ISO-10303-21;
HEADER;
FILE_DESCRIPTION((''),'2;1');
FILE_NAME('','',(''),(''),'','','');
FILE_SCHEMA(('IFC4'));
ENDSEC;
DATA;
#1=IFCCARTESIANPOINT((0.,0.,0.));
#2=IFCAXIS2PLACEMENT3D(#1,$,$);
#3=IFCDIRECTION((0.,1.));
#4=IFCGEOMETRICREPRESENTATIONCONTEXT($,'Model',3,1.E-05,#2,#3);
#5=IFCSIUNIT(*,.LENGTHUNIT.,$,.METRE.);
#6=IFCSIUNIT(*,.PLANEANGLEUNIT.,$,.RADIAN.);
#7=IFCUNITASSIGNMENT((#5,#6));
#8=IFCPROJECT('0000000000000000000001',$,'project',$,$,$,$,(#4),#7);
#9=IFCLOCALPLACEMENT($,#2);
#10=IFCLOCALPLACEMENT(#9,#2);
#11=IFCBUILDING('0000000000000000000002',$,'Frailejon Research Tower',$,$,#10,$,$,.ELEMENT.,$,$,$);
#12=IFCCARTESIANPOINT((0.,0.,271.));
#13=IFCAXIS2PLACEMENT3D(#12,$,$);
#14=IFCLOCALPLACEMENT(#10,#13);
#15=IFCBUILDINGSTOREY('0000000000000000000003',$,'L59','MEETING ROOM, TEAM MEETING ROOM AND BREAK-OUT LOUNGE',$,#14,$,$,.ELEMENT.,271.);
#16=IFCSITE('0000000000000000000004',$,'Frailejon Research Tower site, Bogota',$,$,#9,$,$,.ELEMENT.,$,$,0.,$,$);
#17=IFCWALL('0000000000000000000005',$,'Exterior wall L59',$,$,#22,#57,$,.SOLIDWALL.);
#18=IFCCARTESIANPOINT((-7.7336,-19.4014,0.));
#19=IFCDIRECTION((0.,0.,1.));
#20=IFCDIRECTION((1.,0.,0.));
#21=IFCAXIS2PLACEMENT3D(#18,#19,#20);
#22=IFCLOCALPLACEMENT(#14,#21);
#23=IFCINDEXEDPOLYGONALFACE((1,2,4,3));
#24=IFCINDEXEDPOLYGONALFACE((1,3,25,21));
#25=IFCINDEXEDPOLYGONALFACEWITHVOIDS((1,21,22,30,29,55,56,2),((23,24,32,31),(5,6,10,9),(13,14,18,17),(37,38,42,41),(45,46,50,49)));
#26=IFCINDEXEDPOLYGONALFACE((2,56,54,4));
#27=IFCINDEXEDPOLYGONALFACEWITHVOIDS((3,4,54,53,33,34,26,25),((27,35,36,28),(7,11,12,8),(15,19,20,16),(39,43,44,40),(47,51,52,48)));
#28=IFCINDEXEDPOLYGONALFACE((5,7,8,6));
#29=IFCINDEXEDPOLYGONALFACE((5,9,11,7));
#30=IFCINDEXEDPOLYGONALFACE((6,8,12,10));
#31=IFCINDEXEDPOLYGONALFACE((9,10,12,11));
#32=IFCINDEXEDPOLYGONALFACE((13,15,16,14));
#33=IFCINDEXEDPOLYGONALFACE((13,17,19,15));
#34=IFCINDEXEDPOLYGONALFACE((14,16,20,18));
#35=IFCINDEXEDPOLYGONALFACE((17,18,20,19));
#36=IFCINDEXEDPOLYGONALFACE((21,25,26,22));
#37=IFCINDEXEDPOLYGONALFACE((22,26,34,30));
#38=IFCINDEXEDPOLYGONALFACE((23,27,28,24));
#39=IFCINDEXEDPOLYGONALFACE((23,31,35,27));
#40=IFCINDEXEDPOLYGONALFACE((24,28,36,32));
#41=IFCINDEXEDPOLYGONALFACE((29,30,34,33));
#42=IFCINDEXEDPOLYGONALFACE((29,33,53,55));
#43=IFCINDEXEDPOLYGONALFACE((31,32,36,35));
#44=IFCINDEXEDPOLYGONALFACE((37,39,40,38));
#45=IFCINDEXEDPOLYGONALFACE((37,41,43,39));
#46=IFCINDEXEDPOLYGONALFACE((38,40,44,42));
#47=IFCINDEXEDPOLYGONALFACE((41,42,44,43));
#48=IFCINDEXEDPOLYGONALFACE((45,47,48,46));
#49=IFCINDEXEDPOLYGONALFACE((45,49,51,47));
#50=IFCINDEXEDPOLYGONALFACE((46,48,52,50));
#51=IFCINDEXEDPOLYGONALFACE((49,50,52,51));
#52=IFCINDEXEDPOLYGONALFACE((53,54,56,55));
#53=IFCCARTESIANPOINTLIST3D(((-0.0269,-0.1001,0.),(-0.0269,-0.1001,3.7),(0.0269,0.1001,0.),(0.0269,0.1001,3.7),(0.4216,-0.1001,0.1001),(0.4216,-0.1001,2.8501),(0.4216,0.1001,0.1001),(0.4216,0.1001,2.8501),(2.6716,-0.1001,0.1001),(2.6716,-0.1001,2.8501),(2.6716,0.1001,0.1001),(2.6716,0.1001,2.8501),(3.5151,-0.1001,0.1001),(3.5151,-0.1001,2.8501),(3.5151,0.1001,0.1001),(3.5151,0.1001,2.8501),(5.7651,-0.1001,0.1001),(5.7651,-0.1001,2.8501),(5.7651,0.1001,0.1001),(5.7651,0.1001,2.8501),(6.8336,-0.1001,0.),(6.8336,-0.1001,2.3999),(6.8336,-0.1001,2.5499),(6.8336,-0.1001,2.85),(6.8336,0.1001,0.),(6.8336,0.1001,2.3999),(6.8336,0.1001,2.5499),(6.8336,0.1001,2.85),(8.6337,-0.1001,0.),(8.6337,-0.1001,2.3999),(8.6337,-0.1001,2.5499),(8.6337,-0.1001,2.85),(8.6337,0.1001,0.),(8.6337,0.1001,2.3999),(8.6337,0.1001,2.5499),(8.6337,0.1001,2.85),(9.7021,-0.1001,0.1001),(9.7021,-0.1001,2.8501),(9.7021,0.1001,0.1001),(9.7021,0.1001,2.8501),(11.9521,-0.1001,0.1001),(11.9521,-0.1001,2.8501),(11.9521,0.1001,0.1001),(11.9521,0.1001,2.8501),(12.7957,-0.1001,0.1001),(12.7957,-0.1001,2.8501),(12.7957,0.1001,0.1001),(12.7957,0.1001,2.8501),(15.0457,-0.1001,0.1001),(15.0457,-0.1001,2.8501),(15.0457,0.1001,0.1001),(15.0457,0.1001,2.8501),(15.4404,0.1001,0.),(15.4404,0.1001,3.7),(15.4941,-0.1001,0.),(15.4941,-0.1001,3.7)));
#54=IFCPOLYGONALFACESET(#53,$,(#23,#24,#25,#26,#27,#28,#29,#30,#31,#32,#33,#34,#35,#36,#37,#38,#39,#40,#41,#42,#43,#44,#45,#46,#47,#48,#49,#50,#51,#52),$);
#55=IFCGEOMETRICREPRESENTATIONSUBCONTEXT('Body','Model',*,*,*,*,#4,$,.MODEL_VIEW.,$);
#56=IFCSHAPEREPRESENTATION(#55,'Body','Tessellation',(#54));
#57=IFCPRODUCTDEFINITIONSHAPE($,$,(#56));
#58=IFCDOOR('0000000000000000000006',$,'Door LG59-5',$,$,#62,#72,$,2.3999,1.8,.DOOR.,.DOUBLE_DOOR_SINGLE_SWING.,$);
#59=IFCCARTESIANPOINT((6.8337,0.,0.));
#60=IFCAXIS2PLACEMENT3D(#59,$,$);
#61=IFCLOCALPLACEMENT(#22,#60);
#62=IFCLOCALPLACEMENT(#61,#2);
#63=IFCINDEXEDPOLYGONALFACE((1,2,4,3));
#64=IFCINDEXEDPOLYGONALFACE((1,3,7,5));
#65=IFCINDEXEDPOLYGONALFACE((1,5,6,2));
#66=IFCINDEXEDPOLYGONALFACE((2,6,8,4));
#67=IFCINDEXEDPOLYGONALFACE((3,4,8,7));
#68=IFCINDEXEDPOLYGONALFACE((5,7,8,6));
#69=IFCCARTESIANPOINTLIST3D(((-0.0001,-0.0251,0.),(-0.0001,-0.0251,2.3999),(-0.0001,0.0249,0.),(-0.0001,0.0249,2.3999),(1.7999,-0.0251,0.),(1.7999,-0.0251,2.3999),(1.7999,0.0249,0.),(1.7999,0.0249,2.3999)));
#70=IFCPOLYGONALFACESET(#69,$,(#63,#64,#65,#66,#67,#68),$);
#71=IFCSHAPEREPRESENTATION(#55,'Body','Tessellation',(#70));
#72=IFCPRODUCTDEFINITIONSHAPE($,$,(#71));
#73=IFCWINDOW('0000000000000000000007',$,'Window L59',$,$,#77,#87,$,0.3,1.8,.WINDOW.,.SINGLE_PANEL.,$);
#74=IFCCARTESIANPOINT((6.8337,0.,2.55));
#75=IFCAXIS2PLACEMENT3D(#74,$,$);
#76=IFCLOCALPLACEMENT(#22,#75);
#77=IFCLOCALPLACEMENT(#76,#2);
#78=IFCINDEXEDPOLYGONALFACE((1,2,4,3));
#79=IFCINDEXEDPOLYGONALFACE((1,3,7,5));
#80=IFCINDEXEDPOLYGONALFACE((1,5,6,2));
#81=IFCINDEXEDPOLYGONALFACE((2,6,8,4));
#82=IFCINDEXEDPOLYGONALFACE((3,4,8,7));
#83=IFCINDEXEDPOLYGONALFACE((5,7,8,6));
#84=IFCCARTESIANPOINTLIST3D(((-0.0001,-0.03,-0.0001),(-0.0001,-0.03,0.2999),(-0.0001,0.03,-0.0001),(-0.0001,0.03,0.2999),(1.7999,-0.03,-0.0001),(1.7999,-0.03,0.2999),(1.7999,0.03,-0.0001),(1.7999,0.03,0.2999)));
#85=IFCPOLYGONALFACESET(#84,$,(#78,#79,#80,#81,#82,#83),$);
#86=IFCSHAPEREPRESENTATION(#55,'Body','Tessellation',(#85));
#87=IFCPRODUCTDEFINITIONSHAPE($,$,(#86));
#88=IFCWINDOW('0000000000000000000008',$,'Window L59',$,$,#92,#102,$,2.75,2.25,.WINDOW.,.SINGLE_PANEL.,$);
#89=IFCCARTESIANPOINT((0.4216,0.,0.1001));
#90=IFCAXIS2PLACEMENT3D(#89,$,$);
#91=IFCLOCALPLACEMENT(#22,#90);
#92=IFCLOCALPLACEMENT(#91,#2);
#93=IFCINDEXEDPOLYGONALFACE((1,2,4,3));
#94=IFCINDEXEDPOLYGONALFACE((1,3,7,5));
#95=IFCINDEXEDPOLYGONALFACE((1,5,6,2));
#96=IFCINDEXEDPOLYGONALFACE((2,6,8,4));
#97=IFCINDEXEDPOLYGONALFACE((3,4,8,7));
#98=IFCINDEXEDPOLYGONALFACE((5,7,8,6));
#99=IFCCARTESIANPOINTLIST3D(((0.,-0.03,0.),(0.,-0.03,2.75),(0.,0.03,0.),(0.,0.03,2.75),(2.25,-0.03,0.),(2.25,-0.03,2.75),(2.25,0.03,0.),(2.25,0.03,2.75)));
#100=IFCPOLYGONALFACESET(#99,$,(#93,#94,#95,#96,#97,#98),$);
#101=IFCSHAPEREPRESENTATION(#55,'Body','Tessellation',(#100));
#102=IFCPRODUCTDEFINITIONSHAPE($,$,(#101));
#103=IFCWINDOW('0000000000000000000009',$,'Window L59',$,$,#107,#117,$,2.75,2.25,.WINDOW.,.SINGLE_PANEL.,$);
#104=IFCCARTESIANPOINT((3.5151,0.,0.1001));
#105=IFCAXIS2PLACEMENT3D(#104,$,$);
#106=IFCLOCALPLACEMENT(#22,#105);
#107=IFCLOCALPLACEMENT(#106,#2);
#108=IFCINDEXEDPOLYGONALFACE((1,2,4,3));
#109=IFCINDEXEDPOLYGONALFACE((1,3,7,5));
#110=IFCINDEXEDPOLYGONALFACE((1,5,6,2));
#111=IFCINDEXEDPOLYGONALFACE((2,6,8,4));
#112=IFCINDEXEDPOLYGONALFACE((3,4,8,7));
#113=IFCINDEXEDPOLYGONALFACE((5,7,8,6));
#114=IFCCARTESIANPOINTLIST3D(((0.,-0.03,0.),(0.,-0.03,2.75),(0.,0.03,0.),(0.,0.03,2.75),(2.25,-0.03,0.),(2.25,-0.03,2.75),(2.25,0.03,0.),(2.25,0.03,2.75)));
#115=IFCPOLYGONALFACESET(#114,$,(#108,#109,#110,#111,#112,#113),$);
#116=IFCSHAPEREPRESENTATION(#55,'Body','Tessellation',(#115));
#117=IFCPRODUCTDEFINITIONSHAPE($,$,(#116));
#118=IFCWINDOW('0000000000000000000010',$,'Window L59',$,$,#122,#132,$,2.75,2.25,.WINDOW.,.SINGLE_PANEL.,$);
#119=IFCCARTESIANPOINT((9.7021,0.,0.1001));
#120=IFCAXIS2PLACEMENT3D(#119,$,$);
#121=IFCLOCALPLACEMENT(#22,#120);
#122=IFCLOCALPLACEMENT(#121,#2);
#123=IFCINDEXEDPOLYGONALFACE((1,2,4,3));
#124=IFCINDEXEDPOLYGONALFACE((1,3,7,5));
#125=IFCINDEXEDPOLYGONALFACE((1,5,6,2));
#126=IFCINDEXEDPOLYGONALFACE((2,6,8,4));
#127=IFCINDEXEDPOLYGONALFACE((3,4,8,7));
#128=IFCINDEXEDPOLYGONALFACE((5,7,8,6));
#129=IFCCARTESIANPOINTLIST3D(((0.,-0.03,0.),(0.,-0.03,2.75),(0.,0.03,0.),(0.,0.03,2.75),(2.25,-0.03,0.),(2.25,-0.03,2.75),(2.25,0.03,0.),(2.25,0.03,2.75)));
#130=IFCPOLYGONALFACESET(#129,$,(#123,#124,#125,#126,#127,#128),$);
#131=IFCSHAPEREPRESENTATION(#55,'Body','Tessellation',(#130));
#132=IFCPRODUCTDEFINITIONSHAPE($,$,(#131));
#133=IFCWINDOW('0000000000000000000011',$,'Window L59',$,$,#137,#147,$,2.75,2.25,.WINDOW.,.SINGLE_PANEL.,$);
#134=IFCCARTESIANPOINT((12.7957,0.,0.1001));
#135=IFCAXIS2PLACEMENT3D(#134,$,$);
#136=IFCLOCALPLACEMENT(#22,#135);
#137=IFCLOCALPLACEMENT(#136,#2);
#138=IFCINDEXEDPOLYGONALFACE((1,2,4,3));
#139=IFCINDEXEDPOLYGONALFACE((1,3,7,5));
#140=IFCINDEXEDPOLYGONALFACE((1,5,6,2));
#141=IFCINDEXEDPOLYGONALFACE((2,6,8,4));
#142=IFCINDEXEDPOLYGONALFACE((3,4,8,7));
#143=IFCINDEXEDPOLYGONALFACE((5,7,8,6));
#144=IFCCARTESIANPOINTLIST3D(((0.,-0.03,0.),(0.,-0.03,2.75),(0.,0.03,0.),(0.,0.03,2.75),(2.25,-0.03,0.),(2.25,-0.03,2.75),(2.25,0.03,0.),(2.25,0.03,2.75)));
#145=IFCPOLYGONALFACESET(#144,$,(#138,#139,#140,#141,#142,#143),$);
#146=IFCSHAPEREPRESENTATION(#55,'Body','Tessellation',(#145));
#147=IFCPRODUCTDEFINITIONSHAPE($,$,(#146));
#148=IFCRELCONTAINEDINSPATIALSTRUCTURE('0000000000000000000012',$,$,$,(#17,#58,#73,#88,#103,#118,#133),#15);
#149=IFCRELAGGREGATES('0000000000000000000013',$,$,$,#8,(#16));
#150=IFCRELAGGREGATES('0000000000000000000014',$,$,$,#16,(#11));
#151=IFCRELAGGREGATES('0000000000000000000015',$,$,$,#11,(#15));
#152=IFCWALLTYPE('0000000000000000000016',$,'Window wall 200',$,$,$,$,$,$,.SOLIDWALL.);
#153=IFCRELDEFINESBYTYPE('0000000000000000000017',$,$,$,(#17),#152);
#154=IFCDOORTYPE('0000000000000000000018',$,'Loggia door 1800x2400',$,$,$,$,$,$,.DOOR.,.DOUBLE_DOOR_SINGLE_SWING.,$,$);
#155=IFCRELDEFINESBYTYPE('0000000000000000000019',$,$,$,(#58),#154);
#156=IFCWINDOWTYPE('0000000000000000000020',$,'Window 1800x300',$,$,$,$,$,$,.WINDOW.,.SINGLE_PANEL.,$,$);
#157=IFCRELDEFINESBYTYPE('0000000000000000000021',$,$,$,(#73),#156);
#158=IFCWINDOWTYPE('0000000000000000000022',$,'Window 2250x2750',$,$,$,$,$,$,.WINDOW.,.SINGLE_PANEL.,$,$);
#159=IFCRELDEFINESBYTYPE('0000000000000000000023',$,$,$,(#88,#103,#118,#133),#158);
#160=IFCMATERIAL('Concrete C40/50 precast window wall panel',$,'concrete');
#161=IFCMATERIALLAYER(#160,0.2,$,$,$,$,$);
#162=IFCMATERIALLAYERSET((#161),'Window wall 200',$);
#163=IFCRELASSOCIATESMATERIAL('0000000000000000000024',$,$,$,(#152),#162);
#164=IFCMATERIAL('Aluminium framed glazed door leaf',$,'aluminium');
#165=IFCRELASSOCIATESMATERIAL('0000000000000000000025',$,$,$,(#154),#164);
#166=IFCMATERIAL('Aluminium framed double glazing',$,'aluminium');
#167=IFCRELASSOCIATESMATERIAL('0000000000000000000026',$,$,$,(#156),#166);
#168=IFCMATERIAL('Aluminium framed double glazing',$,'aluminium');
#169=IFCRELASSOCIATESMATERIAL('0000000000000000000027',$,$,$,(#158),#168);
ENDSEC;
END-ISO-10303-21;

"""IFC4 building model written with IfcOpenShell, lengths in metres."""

from ifc_helpers import new_model, si_unit, direction, frame, frame_2d, origin, place, context, subcontext, project, spatial, polyline, rectangle, outline, extrude, material, layer, layer_set, type_object, element, fill, save


model = new_model("IFC4")

# Units and contexts
model_context = context("Model", 3, precision=1e-05, world=origin(), true_north=direction((0.0, 1.0)))
body_context = subcontext(model_context, "Body", "Model", "MODEL_VIEW")
ifc_project = project(units=[si_unit("LENGTHUNIT", "METRE"), si_unit("PLANEANGLEUNIT", "RADIAN")], contexts=[model_context])

# Site, building, storey
site_placement = place(None, origin())
site = spatial("IfcSite", under=ifc_project, at=site_placement, Name="Frailejon Research Tower site, Bogota", CompositionType="ELEMENT", RefElevation=0.0)
building_placement = place(site_placement, origin())
building = spatial("IfcBuilding", under=site, at=building_placement, Name="Frailejon Research Tower", CompositionType="ELEMENT")
storey_placement = place(building_placement, frame((0.0, 0.0, 271.0)))
storey = spatial("IfcBuildingStorey", under=building, at=storey_placement, Name="L59", Description="MEETING ROOM, TEAM MEETING ROOM AND BREAK-OUT LOUNGE", CompositionType="ELEMENT", Elevation=271.0)

# Wall, openings, door, windows
ifc_material_1 = material(Name="Concrete C40/50 precast window wall panel", Category="concrete")
ifc_layer_1 = layer(ifc_material_1, 0.2)
ifc_layer_set_1 = layer_set([ifc_layer_1], Name="Window wall 200")
wall_type = type_object("IfcWallType", Name="Window wall 200", PredefinedType="SOLIDWALL", material=ifc_layer_set_1)
wall_placement = place(storey_placement, frame((-7.7336, -19.4014, 0.0), z_axis=(0.0, 0.0, 1.0), x_axis=(1.0, 0.0, 0.0)))
wall = element("IfcWall", 1, at=wall_placement, inside=storey, type_object=wall_type, Name="Exterior wall L59", PredefinedType="SOLIDWALL", context=body_context, shape_type="SweptSolid", body=[
    extrude(outline(polyline([(-0.0269, -0.1001), (1.0078, -0.1001), (2.0427, -0.1001), (3.0774, -0.1001), (4.1121, -0.1001), (5.1467, -0.1001), (6.1816, -0.1001), (7.2163, -0.1001), (8.251, -0.1001), (9.2856, -0.1001), (10.3206, -0.1001), (11.3552, -0.1001), (12.3899, -0.1001), (13.4246, -0.1001), (14.4595, -0.1001), (15.4941, -0.1001), (15.4404, 0.1001), (14.4128, 0.1001), (13.3853, 0.1001), (12.3577, 0.1001), (11.3301, 0.1001), (10.3025, 0.1001), (9.2749, 0.1001), (8.2473, 0.1001), (7.22, 0.1001), (6.1924, 0.1001), (5.1648, 0.1001), (4.1372, 0.1001), (3.1096, 0.1001), (2.082, 0.1001), (1.0544, 0.1001), (0.0269, 0.1001), (-0.0269, -0.1001)])), origin(), (0.0, 0.0, 1.0), 3.7),
])
opening_1_placement = place(wall_placement, frame((0.4216, 0.0, 0.1001)))
opening_1 = element("IfcOpeningElement", 2, at=opening_1_placement, cuts=wall, PredefinedType="OPENING", context=body_context, shape_type="SweptSolid", body=[
    extrude(rectangle(XDim=2.25, YDim=2.75, at=frame_2d((1.125, 1.375))), frame((0.0, 0.1099, 0.0), z_axis=(0.0, -1.0, 0.0), x_axis=(1.0, 0.0, 0.0)), (0.0, 0.0, 1.0), 0.22),
])
opening_2_placement = place(wall_placement, frame((3.5151, 0.0, 0.1001)))
opening_2 = element("IfcOpeningElement", 3, at=opening_2_placement, cuts=wall, PredefinedType="OPENING", context=body_context, shape_type="SweptSolid", body=[
    extrude(rectangle(XDim=2.25, YDim=2.75, at=frame_2d((1.125, 1.375))), frame((0.0, 0.1099, 0.0), z_axis=(0.0, -1.0, 0.0), x_axis=(1.0, 0.0, 0.0)), (0.0, 0.0, 1.0), 0.22),
])
opening_3_placement = place(wall_placement, frame((6.8337, 0.0, 0.0)))
opening_3 = element("IfcOpeningElement", 4, at=opening_3_placement, cuts=wall, PredefinedType="OPENING", context=body_context, shape_type="SweptSolid", body=[
    extrude(rectangle(XDim=1.8, YDim=2.3999, at=frame_2d((0.8999, 1.2))), frame((0.0, 0.1099, 0.0), z_axis=(0.0, -1.0, 0.0), x_axis=(1.0, 0.0, 0.0)), (0.0, 0.0, 1.0), 0.22),
])
opening_4_placement = place(wall_placement, frame((6.8337, 0.0, 2.55)))
opening_4 = element("IfcOpeningElement", 5, at=opening_4_placement, cuts=wall, PredefinedType="OPENING", context=body_context, shape_type="SweptSolid", body=[
    extrude(rectangle(XDim=1.8, YDim=0.3, at=frame_2d((0.8999, 0.1499))), frame((0.0, 0.1099, 0.0), z_axis=(0.0, -1.0, 0.0), x_axis=(1.0, 0.0, 0.0)), (0.0, 0.0, 1.0), 0.22),
])
opening_5_placement = place(wall_placement, frame((9.7021, 0.0, 0.1001)))
opening_5 = element("IfcOpeningElement", 6, at=opening_5_placement, cuts=wall, PredefinedType="OPENING", context=body_context, shape_type="SweptSolid", body=[
    extrude(rectangle(XDim=2.25, YDim=2.75, at=frame_2d((1.125, 1.375))), frame((0.0, 0.1099, 0.0), z_axis=(0.0, -1.0, 0.0), x_axis=(1.0, 0.0, 0.0)), (0.0, 0.0, 1.0), 0.22),
])
opening_6_placement = place(wall_placement, frame((12.7957, 0.0, 0.1001)))
opening_6 = element("IfcOpeningElement", 7, at=opening_6_placement, cuts=wall, PredefinedType="OPENING", context=body_context, shape_type="SweptSolid", body=[
    extrude(rectangle(XDim=2.25, YDim=2.75, at=frame_2d((1.125, 1.375))), frame((0.0, 0.1099, 0.0), z_axis=(0.0, -1.0, 0.0), x_axis=(1.0, 0.0, 0.0)), (0.0, 0.0, 1.0), 0.22),
])
ifc_material_2 = material(Name="Aluminium framed glazed door leaf", Category="aluminium")
door_type = type_object("IfcDoorType", Name="Loggia door 1800x2400", OperationType="DOUBLE_DOOR_SINGLE_SWING", PredefinedType="DOOR", material=ifc_material_2)
door_placement = place(opening_3_placement, origin())
door = element("IfcDoor", 8, at=door_placement, inside=storey, type_object=door_type, Name="Door LG59-5", OperationType="DOUBLE_DOOR_SINGLE_SWING", OverallHeight=2.3999, OverallWidth=1.8, PredefinedType="DOOR", context=body_context, shape_type="SweptSolid", body=[
    extrude(rectangle(XDim=1.8, YDim=2.3999, at=frame_2d((0.8999, 1.2))), frame((0.0, 0.0249, 0.0), z_axis=(0.0, -1.0, 0.0), x_axis=(1.0, 0.0, 0.0)), (0.0, 0.0, 1.0), 0.05),
])
fill(opening_3, door)
ifc_material_3 = material(Name="Aluminium framed double glazing", Category="aluminium")
window_type_1 = type_object("IfcWindowType", Name="Window 1800x300", PartitioningType="SINGLE_PANEL", PredefinedType="WINDOW", material=ifc_material_3)
window_1_placement = place(opening_4_placement, origin())
window_1 = element("IfcWindow", 9, at=window_1_placement, inside=storey, type_object=window_type_1, Name="Window L59", OverallHeight=0.3, OverallWidth=1.8, PartitioningType="SINGLE_PANEL", PredefinedType="WINDOW", context=body_context, shape_type="SweptSolid", body=[
    extrude(rectangle(XDim=1.8, YDim=0.3, at=frame_2d((0.8999, 0.1499))), frame((0.0, 0.03, 0.0), z_axis=(0.0, -1.0, 0.0), x_axis=(1.0, 0.0, 0.0)), (0.0, 0.0, 1.0), 0.0601),
])
fill(opening_4, window_1)
ifc_material_4 = material(Name="Aluminium framed double glazing", Category="aluminium")
window_type_2 = type_object("IfcWindowType", Name="Window 2250x2750", PartitioningType="SINGLE_PANEL", PredefinedType="WINDOW", material=ifc_material_4)
window_2_placement = place(opening_1_placement, origin())
window_2 = element("IfcWindow", 10, at=window_2_placement, inside=storey, type_object=window_type_2, Name="Window L59", OverallHeight=2.75, OverallWidth=2.25, PartitioningType="SINGLE_PANEL", PredefinedType="WINDOW", context=body_context, shape_type="SweptSolid", body=[
    extrude(rectangle(XDim=2.25, YDim=2.75, at=frame_2d((1.125, 1.375))), frame((0.0, 0.03, 0.0), z_axis=(0.0, -1.0, 0.0), x_axis=(1.0, 0.0, 0.0)), (0.0, 0.0, 1.0), 0.0601),
])
fill(opening_1, window_2)
window_3_placement = place(opening_2_placement, origin())
window_3 = element("IfcWindow", 11, at=window_3_placement, inside=storey, type_object=window_type_2, Name="Window L59", OverallHeight=2.75, OverallWidth=2.25, PartitioningType="SINGLE_PANEL", PredefinedType="WINDOW", context=body_context, shape_type="SweptSolid", body=[
    extrude(rectangle(XDim=2.25, YDim=2.75, at=frame_2d((1.125, 1.375))), frame((0.0, 0.03, 0.0), z_axis=(0.0, -1.0, 0.0), x_axis=(1.0, 0.0, 0.0)), (0.0, 0.0, 1.0), 0.0601),
])
fill(opening_2, window_3)
window_4_placement = place(opening_5_placement, origin())
window_4 = element("IfcWindow", 12, at=window_4_placement, inside=storey, type_object=window_type_2, Name="Window L59", OverallHeight=2.75, OverallWidth=2.25, PartitioningType="SINGLE_PANEL", PredefinedType="WINDOW", context=body_context, shape_type="SweptSolid", body=[
    extrude(rectangle(XDim=2.25, YDim=2.75, at=frame_2d((1.125, 1.375))), frame((0.0, 0.03, 0.0), z_axis=(0.0, -1.0, 0.0), x_axis=(1.0, 0.0, 0.0)), (0.0, 0.0, 1.0), 0.0601),
])
fill(opening_5, window_4)
window_5_placement = place(opening_6_placement, origin())
window_5 = element("IfcWindow", 13, at=window_5_placement, inside=storey, type_object=window_type_2, Name="Window L59", OverallHeight=2.75, OverallWidth=2.25, PartitioningType="SINGLE_PANEL", PredefinedType="WINDOW", context=body_context, shape_type="SweptSolid", body=[
    extrude(rectangle(XDim=2.25, YDim=2.75, at=frame_2d((1.125, 1.375))), frame((0.0, 0.03, 0.0), z_axis=(0.0, -1.0, 0.0), x_axis=(1.0, 0.0, 0.0)), (0.0, 0.0, 1.0), 0.0601),
])
fill(opening_6, window_5)

save(model, "model.ifc")
